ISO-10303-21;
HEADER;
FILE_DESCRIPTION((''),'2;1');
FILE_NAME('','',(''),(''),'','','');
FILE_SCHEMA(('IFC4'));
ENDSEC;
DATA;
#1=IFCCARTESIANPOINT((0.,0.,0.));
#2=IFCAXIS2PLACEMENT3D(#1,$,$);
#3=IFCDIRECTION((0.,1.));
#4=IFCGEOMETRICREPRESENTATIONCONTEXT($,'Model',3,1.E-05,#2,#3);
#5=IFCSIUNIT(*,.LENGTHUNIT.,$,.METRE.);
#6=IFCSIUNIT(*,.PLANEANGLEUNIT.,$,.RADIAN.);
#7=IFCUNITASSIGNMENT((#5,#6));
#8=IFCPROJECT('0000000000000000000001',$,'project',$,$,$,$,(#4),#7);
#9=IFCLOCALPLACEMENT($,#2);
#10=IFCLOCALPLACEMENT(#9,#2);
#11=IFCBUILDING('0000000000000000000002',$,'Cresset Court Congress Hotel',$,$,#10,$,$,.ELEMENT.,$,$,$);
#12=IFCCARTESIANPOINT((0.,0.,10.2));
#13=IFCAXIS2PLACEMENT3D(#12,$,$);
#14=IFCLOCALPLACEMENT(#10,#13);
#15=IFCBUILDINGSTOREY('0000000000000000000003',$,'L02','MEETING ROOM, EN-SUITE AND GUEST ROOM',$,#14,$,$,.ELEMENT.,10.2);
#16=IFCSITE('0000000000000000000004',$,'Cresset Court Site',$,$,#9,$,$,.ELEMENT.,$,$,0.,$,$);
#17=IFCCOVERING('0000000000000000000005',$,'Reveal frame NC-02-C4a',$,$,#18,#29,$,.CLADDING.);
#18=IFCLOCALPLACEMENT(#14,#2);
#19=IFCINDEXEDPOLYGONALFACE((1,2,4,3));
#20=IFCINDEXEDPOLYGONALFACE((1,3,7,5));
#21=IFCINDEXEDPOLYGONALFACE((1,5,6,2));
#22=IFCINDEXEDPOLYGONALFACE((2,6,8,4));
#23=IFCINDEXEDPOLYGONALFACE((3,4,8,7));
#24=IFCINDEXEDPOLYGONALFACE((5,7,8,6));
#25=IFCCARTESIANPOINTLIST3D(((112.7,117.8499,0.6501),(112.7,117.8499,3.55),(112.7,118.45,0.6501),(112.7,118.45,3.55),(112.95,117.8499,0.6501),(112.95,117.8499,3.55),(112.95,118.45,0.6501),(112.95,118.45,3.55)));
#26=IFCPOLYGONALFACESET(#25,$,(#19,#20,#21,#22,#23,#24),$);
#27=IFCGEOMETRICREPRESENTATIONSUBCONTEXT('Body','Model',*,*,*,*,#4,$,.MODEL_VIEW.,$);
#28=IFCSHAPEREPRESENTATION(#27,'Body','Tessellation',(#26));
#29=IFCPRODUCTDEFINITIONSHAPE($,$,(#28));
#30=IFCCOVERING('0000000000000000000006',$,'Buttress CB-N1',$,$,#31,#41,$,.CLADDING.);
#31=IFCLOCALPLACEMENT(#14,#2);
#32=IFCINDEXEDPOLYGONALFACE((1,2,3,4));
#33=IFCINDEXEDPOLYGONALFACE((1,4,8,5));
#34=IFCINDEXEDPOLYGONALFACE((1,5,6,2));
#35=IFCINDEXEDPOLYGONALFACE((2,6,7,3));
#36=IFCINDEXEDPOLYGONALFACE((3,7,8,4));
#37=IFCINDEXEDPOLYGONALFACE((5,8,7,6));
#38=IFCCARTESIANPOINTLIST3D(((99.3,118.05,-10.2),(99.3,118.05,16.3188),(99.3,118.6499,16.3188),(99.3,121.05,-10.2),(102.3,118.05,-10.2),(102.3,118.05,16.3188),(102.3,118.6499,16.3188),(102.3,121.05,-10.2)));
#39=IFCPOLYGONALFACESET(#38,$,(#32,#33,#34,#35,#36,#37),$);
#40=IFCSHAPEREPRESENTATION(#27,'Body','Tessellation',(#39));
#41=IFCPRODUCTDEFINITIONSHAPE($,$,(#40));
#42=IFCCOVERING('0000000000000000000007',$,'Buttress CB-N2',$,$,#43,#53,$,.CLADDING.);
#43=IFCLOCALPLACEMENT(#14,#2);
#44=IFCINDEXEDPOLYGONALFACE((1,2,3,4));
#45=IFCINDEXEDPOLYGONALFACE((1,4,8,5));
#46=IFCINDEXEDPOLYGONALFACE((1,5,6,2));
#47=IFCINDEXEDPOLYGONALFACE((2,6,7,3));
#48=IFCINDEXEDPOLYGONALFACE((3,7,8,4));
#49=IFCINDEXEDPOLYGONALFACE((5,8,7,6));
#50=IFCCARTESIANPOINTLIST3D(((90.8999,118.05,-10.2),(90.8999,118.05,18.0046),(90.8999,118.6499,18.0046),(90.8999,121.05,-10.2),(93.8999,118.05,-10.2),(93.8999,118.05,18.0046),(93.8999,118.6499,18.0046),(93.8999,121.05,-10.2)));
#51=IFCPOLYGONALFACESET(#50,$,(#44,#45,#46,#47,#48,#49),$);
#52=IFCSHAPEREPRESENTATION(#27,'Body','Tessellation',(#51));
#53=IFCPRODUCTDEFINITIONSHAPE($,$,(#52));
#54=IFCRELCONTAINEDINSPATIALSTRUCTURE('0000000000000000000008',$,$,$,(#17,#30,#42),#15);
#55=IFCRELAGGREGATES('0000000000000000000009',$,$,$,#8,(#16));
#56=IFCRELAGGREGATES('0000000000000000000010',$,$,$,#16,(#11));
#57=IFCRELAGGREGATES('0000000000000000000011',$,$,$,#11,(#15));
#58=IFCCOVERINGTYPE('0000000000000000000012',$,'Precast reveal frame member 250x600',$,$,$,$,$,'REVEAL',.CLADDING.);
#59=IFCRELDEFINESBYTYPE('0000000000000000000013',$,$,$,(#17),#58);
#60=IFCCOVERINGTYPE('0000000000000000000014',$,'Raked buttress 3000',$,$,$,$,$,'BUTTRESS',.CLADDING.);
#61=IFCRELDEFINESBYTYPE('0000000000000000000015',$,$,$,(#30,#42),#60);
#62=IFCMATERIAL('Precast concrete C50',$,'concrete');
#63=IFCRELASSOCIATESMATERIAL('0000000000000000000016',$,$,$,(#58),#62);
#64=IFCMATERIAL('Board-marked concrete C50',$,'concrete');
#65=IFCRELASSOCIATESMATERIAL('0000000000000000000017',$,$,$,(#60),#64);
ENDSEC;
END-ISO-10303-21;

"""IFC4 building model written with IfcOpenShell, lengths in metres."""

from ifc_helpers import new_model, si_unit, direction, frame, origin, origin_2d, place, context, subcontext, project, spatial, polyline, rectangle, outline, extrude, material, type_object, element, save


model = new_model("IFC4")

# Units and contexts
model_context = context("Model", 3, precision=1e-05, world=origin(), true_north=direction((0.0, 1.0)))
body_context = subcontext(model_context, "Body", "Model", "MODEL_VIEW")
ifc_project = project(units=[si_unit("LENGTHUNIT", "METRE"), si_unit("PLANEANGLEUNIT", "RADIAN")], contexts=[model_context])

# Site, building, storey
site_placement = place(None, origin())
site = spatial("IfcSite", under=ifc_project, at=site_placement, Name="Cresset Court Site", CompositionType="ELEMENT", RefElevation=0.0)
building_placement = place(site_placement, origin())
building = spatial("IfcBuilding", under=site, at=building_placement, Name="Cresset Court Congress Hotel", CompositionType="ELEMENT")
storey_placement = place(building_placement, frame((0.0, 0.0, 10.2)))
storey = spatial("IfcBuildingStorey", under=building, at=storey_placement, Name="L02", Description="MEETING ROOM, EN-SUITE AND GUEST ROOM", CompositionType="ELEMENT", Elevation=10.2)

# Coverings
ifc_material_1 = material(Name="Precast concrete C50", Category="concrete")
covering_type_1 = type_object("IfcCoveringType", Name="Precast reveal frame member 250x600", ElementType="REVEAL", PredefinedType="CLADDING", material=ifc_material_1)
covering_1_placement = place(storey_placement, frame((112.825, 118.1499, 0.6501), z_axis=(0.0, 0.0, 1.0), x_axis=(1.0, 0.0, 0.0)))
element("IfcCovering", 1, at=covering_1_placement, inside=storey, type_object=covering_type_1, Name="Reveal frame NC-02-C4a", PredefinedType="CLADDING", context=body_context, shape_type="SweptSolid", body=[
    extrude(rectangle(XDim=0.25, YDim=0.6001, at=origin_2d()), origin(), (0.0, 0.0, 1.0), 2.8999),
])
ifc_material_2 = material(Name="Board-marked concrete C50", Category="concrete")
covering_type_2 = type_object("IfcCoveringType", Name="Raked buttress 3000", ElementType="BUTTRESS", PredefinedType="CLADDING", material=ifc_material_2)
covering_2_placement = place(storey_placement, frame((102.3, 118.05, -10.2), z_axis=(1.0, 0.0, 0.0), x_axis=(0.0, 1.0, 0.0)))
element("IfcCovering", 2, at=covering_2_placement, inside=storey, type_object=covering_type_2, Name="Buttress CB-N1", PredefinedType="CLADDING", context=body_context, shape_type="SweptSolid", body=[
    extrude(outline(polyline([(0.0, 0.0), (3.0, 0.0), (0.5999, 26.5188), (0.0, 26.5188), (0.0, 0.0)])), origin(), (0.0, 0.0, -1.0), 3.0),
])
covering_3_placement = place(storey_placement, frame((93.8999, 118.05, -10.2), z_axis=(1.0, 0.0, 0.0), x_axis=(0.0, 1.0, 0.0)))
element("IfcCovering", 3, at=covering_3_placement, inside=storey, type_object=covering_type_2, Name="Buttress CB-N2", PredefinedType="CLADDING", context=body_context, shape_type="SweptSolid", body=[
    extrude(outline(polyline([(0.0, 0.0), (3.0, 0.0), (0.5999, 28.2046), (0.0, 28.2046), (0.0, 0.0)])), origin(), (0.0, 0.0, -1.0), 3.0),
])

save(model, "model.ifc")
